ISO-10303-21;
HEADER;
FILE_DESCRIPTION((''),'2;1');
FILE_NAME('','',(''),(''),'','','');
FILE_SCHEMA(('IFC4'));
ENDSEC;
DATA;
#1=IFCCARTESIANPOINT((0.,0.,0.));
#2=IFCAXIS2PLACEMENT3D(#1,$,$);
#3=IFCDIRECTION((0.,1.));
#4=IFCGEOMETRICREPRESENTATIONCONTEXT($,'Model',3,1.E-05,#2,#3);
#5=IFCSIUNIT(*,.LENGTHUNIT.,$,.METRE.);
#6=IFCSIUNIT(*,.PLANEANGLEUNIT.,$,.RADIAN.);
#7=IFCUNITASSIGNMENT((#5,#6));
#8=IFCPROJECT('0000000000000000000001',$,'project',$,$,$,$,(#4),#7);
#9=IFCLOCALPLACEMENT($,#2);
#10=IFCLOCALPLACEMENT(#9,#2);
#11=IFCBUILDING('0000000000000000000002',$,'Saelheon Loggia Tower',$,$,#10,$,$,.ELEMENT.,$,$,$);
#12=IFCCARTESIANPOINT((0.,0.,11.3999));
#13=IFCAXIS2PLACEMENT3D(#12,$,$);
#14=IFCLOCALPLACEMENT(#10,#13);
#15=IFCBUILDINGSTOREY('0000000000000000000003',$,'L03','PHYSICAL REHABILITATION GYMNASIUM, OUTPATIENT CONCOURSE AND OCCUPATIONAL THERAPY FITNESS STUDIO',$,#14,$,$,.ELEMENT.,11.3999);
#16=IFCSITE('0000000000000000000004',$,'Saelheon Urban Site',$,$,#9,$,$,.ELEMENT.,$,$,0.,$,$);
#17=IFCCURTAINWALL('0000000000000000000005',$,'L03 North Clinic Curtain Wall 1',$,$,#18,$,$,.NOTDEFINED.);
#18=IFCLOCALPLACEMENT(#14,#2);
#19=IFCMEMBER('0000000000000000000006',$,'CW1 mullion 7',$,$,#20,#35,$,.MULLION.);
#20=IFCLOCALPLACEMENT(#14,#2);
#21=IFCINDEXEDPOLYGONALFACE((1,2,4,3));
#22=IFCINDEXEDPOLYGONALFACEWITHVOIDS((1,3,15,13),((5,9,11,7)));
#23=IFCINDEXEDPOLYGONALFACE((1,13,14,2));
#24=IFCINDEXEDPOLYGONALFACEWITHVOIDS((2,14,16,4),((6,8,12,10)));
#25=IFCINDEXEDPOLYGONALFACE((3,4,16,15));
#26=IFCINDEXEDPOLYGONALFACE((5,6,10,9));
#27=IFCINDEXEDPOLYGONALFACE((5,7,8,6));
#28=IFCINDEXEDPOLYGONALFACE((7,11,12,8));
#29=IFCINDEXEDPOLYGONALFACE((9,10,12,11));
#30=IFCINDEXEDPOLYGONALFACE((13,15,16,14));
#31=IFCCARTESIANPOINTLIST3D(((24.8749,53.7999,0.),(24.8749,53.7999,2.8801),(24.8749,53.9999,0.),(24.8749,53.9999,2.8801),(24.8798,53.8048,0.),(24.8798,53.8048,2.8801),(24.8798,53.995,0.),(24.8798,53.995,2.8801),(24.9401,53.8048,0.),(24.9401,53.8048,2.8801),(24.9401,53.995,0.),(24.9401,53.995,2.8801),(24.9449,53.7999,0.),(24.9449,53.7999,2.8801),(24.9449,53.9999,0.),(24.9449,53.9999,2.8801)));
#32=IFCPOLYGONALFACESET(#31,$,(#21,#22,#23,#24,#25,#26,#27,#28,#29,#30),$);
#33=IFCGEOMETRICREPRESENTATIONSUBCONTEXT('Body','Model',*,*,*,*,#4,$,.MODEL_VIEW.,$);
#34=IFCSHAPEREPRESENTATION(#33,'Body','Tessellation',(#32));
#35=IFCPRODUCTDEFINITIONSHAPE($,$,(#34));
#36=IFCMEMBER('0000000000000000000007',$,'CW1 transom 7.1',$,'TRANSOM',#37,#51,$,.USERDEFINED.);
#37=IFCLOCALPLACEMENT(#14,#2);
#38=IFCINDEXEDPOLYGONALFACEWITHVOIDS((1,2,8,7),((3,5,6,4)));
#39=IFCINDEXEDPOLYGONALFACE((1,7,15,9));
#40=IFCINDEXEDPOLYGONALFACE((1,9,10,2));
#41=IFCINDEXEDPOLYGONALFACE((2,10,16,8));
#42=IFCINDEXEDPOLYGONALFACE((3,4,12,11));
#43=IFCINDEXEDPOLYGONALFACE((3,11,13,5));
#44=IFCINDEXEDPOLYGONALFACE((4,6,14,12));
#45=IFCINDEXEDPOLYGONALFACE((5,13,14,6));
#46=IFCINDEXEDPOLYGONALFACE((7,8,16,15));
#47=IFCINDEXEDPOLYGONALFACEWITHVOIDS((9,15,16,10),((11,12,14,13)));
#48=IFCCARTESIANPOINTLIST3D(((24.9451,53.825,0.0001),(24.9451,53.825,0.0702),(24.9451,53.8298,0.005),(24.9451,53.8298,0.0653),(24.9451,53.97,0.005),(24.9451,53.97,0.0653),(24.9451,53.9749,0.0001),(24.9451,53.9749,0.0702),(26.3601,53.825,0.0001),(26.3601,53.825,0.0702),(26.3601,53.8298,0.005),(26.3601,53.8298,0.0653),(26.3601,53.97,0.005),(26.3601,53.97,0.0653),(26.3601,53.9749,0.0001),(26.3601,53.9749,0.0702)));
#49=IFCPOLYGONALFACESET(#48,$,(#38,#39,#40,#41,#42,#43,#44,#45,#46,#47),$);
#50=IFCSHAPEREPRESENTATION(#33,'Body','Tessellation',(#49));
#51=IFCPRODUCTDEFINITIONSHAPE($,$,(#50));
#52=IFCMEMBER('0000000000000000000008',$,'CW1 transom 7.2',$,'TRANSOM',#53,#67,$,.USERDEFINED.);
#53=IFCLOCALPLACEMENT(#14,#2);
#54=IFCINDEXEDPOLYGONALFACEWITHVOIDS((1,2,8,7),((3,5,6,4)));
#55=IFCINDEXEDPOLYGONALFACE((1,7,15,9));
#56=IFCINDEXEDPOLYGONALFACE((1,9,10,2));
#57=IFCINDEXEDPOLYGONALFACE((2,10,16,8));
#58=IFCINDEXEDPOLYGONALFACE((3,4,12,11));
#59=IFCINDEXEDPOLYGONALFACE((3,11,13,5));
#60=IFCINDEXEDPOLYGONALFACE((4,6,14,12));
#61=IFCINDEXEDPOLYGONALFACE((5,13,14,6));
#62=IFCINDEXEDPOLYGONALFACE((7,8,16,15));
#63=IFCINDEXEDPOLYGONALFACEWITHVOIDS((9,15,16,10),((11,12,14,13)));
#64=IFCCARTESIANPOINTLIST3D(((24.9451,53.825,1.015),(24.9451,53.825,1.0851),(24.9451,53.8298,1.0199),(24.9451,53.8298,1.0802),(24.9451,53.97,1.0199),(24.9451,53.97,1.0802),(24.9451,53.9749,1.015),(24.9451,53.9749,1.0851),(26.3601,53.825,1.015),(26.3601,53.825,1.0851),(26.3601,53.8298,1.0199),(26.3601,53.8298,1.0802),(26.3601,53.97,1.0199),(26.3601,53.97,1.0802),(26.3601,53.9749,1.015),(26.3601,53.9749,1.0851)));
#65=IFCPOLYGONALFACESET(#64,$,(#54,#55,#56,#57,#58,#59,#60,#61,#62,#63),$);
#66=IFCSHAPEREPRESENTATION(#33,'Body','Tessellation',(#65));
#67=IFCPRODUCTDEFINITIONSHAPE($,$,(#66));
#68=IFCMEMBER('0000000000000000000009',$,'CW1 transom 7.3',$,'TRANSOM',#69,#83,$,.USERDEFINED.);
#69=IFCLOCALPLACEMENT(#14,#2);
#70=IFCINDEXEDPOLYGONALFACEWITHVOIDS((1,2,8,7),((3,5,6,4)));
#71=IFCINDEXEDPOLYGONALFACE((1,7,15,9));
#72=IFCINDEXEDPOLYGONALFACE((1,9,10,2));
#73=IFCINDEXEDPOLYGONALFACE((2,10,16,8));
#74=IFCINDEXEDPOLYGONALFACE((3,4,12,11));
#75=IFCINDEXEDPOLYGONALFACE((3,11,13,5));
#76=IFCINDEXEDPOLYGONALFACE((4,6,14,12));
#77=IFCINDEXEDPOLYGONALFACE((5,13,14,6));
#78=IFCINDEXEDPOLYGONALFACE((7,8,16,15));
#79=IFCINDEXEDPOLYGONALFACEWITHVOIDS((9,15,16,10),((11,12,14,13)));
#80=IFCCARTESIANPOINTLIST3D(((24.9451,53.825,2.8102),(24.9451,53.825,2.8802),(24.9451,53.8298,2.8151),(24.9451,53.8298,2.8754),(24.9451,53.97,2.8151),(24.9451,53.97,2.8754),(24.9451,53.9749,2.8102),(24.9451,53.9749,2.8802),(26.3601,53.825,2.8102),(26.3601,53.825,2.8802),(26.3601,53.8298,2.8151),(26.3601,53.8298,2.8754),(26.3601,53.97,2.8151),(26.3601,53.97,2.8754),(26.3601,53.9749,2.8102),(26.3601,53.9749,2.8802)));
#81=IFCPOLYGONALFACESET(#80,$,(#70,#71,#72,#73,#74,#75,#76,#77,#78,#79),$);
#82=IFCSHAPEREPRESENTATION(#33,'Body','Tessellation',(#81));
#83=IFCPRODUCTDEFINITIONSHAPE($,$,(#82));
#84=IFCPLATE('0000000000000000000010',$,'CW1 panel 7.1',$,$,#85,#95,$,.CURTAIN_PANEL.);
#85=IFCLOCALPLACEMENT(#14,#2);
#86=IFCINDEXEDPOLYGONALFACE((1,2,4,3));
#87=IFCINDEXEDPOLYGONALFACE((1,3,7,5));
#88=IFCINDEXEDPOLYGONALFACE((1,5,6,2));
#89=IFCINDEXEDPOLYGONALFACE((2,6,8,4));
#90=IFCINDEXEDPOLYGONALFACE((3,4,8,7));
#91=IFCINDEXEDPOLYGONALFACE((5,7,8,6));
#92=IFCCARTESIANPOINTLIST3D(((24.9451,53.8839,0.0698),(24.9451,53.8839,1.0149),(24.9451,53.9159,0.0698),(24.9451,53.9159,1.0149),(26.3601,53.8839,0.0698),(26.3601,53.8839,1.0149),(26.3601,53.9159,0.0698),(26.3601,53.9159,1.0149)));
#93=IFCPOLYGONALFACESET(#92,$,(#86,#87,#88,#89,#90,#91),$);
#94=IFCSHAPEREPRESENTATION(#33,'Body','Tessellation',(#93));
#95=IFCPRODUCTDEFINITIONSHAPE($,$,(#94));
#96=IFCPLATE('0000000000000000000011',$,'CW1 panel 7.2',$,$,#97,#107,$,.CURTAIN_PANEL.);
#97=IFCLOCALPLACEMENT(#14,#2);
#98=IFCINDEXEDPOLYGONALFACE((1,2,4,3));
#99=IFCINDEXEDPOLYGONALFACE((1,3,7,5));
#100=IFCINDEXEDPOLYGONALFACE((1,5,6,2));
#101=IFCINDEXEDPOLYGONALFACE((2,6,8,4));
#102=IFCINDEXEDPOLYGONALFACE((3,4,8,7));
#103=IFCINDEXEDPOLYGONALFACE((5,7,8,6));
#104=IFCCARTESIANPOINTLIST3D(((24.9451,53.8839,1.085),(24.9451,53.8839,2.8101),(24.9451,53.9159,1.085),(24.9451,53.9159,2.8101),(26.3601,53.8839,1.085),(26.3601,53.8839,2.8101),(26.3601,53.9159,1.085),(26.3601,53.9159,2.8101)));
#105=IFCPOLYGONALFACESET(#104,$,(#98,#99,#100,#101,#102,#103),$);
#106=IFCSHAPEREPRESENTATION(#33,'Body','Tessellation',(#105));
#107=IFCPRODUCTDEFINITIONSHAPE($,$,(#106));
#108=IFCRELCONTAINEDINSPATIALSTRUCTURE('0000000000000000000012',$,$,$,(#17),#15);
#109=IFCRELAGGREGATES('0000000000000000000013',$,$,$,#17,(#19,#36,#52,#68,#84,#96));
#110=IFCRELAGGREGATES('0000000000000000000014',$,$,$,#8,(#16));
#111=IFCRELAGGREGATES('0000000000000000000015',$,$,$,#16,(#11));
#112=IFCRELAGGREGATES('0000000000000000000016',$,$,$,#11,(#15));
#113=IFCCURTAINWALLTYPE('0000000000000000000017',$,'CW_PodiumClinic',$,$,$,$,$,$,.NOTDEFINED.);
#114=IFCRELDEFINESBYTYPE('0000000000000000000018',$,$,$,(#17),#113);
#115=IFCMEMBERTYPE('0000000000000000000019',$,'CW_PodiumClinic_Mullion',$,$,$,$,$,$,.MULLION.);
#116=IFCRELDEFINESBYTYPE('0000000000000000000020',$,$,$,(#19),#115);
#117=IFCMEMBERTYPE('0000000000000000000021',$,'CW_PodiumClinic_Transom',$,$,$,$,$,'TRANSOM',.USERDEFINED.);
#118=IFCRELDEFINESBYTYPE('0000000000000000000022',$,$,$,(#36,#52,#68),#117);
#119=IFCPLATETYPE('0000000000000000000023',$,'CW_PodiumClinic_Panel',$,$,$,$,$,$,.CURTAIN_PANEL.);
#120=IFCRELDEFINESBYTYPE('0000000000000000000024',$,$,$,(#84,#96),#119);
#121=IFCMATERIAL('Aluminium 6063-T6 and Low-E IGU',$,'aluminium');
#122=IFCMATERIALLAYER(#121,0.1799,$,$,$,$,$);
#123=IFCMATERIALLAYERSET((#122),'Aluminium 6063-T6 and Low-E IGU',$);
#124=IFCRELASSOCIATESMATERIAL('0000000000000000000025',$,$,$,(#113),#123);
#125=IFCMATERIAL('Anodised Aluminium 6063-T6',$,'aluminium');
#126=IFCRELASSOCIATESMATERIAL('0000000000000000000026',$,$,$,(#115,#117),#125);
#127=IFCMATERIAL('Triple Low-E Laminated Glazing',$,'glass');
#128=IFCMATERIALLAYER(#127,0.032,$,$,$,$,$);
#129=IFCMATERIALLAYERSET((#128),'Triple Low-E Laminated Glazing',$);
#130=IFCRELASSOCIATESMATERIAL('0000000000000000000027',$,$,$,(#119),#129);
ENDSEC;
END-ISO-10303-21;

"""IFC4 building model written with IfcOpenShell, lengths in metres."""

from ifc_helpers import new_model, si_unit, direction, frame, origin, origin_2d, place, context, subcontext, project, spatial, rectangle, hollow_rectangle, extrude, source, transform, mapped, material, layer, layer_set, material_profile, profile_set, type_object, element, aggregate, save


model = new_model("IFC4")

# Units and contexts
model_context = context("Model", 3, precision=1e-05, world=origin(), true_north=direction((0.0, 1.0)))
body_context = subcontext(model_context, "Body", "Model", "MODEL_VIEW")
ifc_project = project(units=[si_unit("LENGTHUNIT", "METRE"), si_unit("PLANEANGLEUNIT", "RADIAN")], contexts=[model_context])

# Site, building, storey
site_placement = place(None, origin())
site = spatial("IfcSite", under=ifc_project, at=site_placement, Name="Saelheon Urban Site", CompositionType="ELEMENT", RefElevation=0.0)
building_placement = place(site_placement, origin())
building = spatial("IfcBuilding", under=site, at=building_placement, Name="Saelheon Loggia Tower", CompositionType="ELEMENT")
storey_placement = place(building_placement, frame((0.0, 0.0, 11.3999)))
storey = spatial("IfcBuildingStorey", under=building, at=storey_placement, Name="L03", Description="PHYSICAL REHABILITATION GYMNASIUM, OUTPATIENT CONCOURSE AND OCCUPATIONAL THERAPY FITNESS STUDIO", CompositionType="ELEMENT", Elevation=11.3999)

# Curtain wall, members, plates
ifc_material_1 = material(Name="Aluminium 6063-T6 and Low-E IGU", Category="aluminium")
ifc_layer_1 = layer(ifc_material_1, 0.1799)
ifc_layer_set_1 = layer_set([ifc_layer_1], Name="Aluminium 6063-T6 and Low-E IGU")
curtain_wall_type = type_object("IfcCurtainWallType", Name="CW_PodiumClinic", PredefinedType="NOTDEFINED", material=ifc_layer_set_1)
curtain_wall_placement = place(storey_placement, origin())
curtain_wall = element("IfcCurtainWall", 1, at=curtain_wall_placement, inside=storey, type_object=curtain_wall_type, Name="L03 North Clinic Curtain Wall 1", PredefinedType="NOTDEFINED")
ifc_material_2 = material(Name="Anodised Aluminium 6063-T6", Category="aluminium")
ifc_material_profile_1 = material_profile(ifc_material_2, hollow_rectangle(XDim=0.0701, YDim=0.2, WallThickness=0.0049, at=origin_2d()), Name="RHS-200x70x5")
ifc_profile_set_1 = profile_set([ifc_material_profile_1], Name="Anodised Aluminium 6063-T6")
member_type_1 = type_object("IfcMemberType", Name="CW_PodiumClinic_Mullion", PredefinedType="MULLION", material=ifc_profile_set_1)
shared_shape_1 = source(origin(), body_context, "Body", "SweptSolid", [
    extrude(hollow_rectangle(XDim=0.0701, YDim=0.2, WallThickness=0.0049, at=origin_2d()), origin(), (0.0, 0.0, 1.0), 2.8801),
])
member_1_placement = place(storey_placement, frame((24.9099, 53.8999, 0.0), z_axis=(0.0, 0.0, 1.0), x_axis=(1.0, 0.0, 0.0)))
member_1 = element("IfcMember", 2, at=member_1_placement, type_object=member_type_1, Name="CW1 mullion 7", PredefinedType="MULLION", context=body_context, shape_type="MappedRepresentation", body=[
    mapped(shared_shape_1, transform((0.0, 0.0, 0.0), scale=1.0)),
])
ifc_material_profile_2 = material_profile(ifc_material_2, hollow_rectangle(XDim=0.0701, YDim=0.1499, WallThickness=0.0049, at=origin_2d()), Name="RHS-150x70x5")
ifc_profile_set_2 = profile_set([ifc_material_profile_2], Name="Anodised Aluminium 6063-T6")
member_type_2 = type_object("IfcMemberType", Name="CW_PodiumClinic_Transom", ElementType="TRANSOM", PredefinedType="USERDEFINED", material=ifc_profile_set_2)
shared_shape_2 = source(origin(), body_context, "Body", "SweptSolid", [
    extrude(hollow_rectangle(XDim=0.0701, YDim=0.1499, WallThickness=0.0049, at=origin_2d()), origin(), (0.0, 0.0, 1.0), 1.415),
])
member_2_placement = place(storey_placement, frame((24.9451, 53.8999, 0.0352), z_axis=(1.0, 0.0, 0.0), x_axis=(0.0, 0.0, 1.0)))
member_2 = element("IfcMember", 3, at=member_2_placement, type_object=member_type_2, Name="CW1 transom 7.1", ObjectType="TRANSOM", PredefinedType="USERDEFINED", context=body_context, shape_type="MappedRepresentation", body=[
    mapped(shared_shape_2, transform((0.0, 0.0, 0.0), scale=1.0)),
])
member_3_placement = place(storey_placement, frame((24.9451, 53.8999, 1.05), z_axis=(1.0, 0.0, 0.0), x_axis=(0.0, 0.0, 1.0)))
member_3 = element("IfcMember", 4, at=member_3_placement, type_object=member_type_2, Name="CW1 transom 7.2", ObjectType="TRANSOM", PredefinedType="USERDEFINED", context=body_context, shape_type="MappedRepresentation", body=[
    mapped(shared_shape_2, transform((0.0, 0.0, 0.0), scale=1.0)),
])
member_4_placement = place(storey_placement, frame((24.9451, 53.8999, 2.8452), z_axis=(1.0, 0.0, 0.0), x_axis=(0.0, 0.0, 1.0)))
member_4 = element("IfcMember", 5, at=member_4_placement, type_object=member_type_2, Name="CW1 transom 7.3", ObjectType="TRANSOM", PredefinedType="USERDEFINED", context=body_context, shape_type="MappedRepresentation", body=[
    mapped(shared_shape_2, transform((0.0, 0.0, 0.0), scale=1.0)),
])
ifc_material_3 = material(Name="Triple Low-E Laminated Glazing", Category="glass")
ifc_layer_2 = layer(ifc_material_3, 0.032)
ifc_layer_set_2 = layer_set([ifc_layer_2], Name="Triple Low-E Laminated Glazing")
plate_type = type_object("IfcPlateType", Name="CW_PodiumClinic_Panel", PredefinedType="CURTAIN_PANEL", material=ifc_layer_set_2)
shared_shape_3 = source(origin(), body_context, "Body", "SweptSolid", [
    extrude(rectangle(XDim=1.415, YDim=0.032, at=origin_2d()), origin(), (0.0, 0.0, 1.0), 0.9451),
])
plate_1_placement = place(storey_placement, frame((25.6526, 53.8999, 0.0698), z_axis=(0.0, 0.0, 1.0), x_axis=(1.0, 0.0, 0.0)))
plate_1 = element("IfcPlate", 6, at=plate_1_placement, type_object=plate_type, Name="CW1 panel 7.1", PredefinedType="CURTAIN_PANEL", context=body_context, shape_type="MappedRepresentation", body=[
    mapped(shared_shape_3, transform((0.0, 0.0, 0.0), scale=1.0)),
])
shared_shape_4 = source(origin(), body_context, "Body", "SweptSolid", [
    extrude(rectangle(XDim=1.415, YDim=0.032, at=origin_2d()), origin(), (0.0, 0.0, 1.0), 1.7251),
])
plate_2_placement = place(storey_placement, frame((25.6526, 53.8999, 1.085), z_axis=(0.0, 0.0, 1.0), x_axis=(1.0, 0.0, 0.0)))
plate_2 = element("IfcPlate", 7, at=plate_2_placement, type_object=plate_type, Name="CW1 panel 7.2", PredefinedType="CURTAIN_PANEL", context=body_context, shape_type="MappedRepresentation", body=[
    mapped(shared_shape_4, transform((0.0, 0.0, 0.0), scale=1.0)),
])
aggregate(curtain_wall, [member_1, member_2, member_3, member_4, plate_1, plate_2])

save(model, "model.ifc")
